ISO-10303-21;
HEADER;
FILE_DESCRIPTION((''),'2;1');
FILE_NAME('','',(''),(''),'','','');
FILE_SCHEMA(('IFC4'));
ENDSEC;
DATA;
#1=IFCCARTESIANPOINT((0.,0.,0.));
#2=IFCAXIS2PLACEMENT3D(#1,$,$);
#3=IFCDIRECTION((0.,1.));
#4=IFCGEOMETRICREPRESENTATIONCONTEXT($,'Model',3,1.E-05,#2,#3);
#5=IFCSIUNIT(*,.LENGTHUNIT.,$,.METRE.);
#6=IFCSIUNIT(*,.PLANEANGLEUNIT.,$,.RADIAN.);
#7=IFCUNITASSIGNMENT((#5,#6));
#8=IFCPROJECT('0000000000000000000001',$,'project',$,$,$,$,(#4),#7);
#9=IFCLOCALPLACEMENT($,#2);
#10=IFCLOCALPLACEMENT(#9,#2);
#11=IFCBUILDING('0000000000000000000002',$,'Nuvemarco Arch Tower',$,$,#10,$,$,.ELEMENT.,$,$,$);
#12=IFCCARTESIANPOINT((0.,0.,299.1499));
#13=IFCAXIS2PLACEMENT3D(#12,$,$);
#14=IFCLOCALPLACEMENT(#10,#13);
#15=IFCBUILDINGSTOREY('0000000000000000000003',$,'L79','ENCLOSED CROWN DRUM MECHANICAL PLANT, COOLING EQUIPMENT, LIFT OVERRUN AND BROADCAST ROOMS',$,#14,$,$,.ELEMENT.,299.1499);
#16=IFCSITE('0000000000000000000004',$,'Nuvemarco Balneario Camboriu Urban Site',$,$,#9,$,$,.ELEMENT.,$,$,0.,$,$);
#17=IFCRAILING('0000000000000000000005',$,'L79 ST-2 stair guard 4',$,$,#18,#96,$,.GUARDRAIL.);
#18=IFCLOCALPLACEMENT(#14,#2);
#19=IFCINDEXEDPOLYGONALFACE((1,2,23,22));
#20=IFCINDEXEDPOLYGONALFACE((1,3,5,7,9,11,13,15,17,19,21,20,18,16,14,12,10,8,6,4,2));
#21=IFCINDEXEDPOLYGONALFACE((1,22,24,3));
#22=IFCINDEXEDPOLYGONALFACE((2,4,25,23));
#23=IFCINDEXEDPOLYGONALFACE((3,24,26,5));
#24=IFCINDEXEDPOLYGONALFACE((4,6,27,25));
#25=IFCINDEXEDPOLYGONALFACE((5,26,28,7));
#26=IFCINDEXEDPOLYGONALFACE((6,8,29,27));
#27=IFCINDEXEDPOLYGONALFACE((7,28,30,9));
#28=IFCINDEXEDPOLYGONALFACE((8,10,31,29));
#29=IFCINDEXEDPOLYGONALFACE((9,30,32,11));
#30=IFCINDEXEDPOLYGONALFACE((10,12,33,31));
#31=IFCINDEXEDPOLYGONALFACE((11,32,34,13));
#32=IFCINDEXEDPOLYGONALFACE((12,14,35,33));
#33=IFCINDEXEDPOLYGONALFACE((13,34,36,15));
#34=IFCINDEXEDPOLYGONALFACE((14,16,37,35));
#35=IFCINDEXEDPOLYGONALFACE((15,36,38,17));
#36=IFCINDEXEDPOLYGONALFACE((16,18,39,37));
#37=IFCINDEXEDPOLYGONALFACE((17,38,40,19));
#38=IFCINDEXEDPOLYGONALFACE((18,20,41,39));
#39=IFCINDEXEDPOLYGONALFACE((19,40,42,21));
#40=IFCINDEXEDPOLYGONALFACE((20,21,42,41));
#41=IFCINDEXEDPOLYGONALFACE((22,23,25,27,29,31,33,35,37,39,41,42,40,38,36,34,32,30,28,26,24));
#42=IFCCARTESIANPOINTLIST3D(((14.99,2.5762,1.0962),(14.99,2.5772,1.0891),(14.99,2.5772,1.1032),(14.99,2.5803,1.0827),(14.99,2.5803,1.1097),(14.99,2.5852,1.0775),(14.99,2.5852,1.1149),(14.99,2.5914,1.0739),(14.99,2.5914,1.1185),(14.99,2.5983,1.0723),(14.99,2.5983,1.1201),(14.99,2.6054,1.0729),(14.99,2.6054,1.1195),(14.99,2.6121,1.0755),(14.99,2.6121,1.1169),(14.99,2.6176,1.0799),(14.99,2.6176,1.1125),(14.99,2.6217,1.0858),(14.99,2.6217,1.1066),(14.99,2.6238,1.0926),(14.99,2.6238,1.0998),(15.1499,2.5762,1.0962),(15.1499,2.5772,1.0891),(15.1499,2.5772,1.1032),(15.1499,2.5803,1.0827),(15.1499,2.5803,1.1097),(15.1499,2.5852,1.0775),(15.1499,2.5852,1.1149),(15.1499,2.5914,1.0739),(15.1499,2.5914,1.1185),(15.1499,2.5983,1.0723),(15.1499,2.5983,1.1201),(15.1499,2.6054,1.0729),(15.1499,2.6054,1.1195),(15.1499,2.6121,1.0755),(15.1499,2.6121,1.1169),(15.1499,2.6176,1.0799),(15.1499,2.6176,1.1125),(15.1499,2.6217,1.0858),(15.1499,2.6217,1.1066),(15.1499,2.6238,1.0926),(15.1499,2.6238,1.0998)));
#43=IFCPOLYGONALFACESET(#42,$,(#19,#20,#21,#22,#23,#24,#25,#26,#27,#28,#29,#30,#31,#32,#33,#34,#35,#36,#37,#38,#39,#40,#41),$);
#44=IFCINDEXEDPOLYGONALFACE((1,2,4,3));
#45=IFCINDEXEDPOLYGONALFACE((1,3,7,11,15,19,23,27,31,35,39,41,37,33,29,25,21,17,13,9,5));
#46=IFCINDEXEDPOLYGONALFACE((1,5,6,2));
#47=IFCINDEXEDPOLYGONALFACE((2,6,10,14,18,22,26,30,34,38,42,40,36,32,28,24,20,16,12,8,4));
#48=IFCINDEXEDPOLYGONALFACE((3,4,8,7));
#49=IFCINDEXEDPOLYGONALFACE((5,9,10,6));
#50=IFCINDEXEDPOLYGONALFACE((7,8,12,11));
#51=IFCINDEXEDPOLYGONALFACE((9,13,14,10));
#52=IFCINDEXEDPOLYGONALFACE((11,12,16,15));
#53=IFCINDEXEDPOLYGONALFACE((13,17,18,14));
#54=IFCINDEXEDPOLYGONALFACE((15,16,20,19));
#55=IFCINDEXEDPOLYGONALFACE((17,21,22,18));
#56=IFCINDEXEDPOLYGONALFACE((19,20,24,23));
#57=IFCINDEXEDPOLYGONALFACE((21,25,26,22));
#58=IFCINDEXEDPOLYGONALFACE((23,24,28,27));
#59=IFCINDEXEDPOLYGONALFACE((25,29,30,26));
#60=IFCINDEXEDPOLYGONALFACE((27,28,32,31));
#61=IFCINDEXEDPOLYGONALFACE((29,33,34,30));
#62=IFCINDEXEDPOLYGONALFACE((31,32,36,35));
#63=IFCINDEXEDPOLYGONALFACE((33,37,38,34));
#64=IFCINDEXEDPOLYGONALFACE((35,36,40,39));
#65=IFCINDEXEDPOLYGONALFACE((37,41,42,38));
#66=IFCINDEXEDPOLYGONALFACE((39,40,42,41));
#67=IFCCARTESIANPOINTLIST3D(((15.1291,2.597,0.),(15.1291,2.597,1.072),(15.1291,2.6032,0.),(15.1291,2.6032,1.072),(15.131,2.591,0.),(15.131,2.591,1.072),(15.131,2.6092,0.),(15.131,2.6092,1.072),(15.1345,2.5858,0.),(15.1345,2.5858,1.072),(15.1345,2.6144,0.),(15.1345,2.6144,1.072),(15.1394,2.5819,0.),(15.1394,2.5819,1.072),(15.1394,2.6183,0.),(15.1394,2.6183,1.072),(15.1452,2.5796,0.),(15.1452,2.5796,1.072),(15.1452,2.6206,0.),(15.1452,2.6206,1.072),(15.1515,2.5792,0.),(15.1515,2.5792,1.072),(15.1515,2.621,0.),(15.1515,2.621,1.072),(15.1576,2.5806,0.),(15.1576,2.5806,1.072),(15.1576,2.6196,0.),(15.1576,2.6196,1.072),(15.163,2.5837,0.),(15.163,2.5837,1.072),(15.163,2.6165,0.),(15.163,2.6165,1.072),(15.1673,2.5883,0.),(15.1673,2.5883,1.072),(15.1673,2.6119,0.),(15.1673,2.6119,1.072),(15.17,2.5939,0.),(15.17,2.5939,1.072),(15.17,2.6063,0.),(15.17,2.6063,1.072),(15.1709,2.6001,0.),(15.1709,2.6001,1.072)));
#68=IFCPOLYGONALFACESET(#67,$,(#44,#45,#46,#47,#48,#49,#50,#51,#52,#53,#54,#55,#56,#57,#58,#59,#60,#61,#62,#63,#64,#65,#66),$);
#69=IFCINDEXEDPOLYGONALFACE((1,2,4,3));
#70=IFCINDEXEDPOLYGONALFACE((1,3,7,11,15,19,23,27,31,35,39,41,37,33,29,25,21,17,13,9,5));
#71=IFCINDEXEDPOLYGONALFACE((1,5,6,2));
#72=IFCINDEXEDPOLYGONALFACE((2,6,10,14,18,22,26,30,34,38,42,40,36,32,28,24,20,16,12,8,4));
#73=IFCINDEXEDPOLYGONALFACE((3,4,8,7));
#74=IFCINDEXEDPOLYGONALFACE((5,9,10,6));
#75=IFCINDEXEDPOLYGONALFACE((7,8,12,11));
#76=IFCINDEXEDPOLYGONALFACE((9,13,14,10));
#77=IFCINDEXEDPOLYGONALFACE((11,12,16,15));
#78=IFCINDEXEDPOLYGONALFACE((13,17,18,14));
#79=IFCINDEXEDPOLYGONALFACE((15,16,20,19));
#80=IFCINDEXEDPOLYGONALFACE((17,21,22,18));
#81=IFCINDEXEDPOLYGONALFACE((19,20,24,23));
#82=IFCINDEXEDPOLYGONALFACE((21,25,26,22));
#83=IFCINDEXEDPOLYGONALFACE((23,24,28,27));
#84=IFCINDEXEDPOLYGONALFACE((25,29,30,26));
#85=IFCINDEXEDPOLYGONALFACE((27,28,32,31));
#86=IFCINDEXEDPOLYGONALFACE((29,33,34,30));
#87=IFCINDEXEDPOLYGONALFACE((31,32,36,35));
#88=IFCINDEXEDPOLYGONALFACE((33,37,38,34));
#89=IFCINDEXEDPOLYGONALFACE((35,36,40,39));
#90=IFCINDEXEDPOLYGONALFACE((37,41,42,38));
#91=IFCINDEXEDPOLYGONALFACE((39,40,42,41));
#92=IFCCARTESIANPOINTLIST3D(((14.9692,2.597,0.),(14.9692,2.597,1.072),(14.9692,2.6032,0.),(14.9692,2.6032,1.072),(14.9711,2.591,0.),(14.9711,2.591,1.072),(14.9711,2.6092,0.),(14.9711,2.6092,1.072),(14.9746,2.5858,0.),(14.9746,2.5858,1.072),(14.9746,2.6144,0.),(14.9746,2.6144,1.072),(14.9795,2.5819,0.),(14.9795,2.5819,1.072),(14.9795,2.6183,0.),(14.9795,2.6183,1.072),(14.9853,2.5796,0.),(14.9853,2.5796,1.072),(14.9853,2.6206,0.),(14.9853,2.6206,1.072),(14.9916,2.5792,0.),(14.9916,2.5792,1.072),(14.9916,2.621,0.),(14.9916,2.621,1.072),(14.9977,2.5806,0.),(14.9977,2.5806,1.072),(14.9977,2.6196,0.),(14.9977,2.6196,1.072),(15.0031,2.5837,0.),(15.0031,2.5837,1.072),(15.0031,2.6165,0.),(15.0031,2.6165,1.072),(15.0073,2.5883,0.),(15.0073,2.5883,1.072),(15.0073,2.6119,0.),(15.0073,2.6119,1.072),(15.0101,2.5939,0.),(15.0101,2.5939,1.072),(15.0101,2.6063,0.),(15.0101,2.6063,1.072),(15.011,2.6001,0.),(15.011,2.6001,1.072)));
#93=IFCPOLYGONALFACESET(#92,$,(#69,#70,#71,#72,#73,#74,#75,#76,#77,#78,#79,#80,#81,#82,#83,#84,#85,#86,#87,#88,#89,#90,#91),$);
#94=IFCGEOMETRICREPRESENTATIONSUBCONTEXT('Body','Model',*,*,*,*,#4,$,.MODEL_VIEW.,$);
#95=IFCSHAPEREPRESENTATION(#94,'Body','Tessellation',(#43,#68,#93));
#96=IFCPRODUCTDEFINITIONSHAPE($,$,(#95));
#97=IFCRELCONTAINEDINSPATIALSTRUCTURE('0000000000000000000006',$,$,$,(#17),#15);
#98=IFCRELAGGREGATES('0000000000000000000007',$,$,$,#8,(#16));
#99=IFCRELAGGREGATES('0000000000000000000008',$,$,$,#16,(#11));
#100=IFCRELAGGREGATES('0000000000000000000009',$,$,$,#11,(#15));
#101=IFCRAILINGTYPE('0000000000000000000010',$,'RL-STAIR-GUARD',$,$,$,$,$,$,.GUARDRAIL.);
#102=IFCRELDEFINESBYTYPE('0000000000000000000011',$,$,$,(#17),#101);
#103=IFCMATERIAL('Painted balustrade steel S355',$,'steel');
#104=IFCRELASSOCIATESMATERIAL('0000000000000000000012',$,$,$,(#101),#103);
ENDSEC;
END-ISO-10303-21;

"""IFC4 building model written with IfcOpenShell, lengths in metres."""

from ifc_helpers import new_model, si_unit, direction, frame, origin, origin_2d, place, context, subcontext, project, spatial, circle, extrude, material, type_object, element, save


model = new_model("IFC4")

# Units and contexts
model_context = context("Model", 3, precision=1e-05, world=origin(), true_north=direction((0.0, 1.0)))
body_context = subcontext(model_context, "Body", "Model", "MODEL_VIEW")
ifc_project = project(units=[si_unit("LENGTHUNIT", "METRE"), si_unit("PLANEANGLEUNIT", "RADIAN")], contexts=[model_context])

# Site, building, storey
site_placement = place(None, origin())
site = spatial("IfcSite", under=ifc_project, at=site_placement, Name="Nuvemarco Balneario Camboriu Urban Site", CompositionType="ELEMENT", RefElevation=0.0)
building_placement = place(site_placement, origin())
building = spatial("IfcBuilding", under=site, at=building_placement, Name="Nuvemarco Arch Tower", CompositionType="ELEMENT")
storey_placement = place(building_placement, frame((0.0, 0.0, 299.1499)))
storey = spatial("IfcBuildingStorey", under=building, at=storey_placement, Name="L79", Description="ENCLOSED CROWN DRUM MECHANICAL PLANT, COOLING EQUIPMENT, LIFT OVERRUN AND BROADCAST ROOMS", CompositionType="ELEMENT", Elevation=299.1499)

# Railing
ifc_material_1 = material(Name="Painted balustrade steel S355", Category="steel")
railing_type_1 = type_object("IfcRailingType", Name="RL-STAIR-GUARD", PredefinedType="GUARDRAIL", material=ifc_material_1)
railing_1_placement = place(storey_placement, frame((15.1499, 2.6001, 0.0)))
element("IfcRailing", 1, at=railing_1_placement, inside=storey, type_object=railing_type_1, Name="L79 ST-2 stair guard 4", PredefinedType="GUARDRAIL", context=body_context, shape_type="SweptSolid", body=[
    extrude(circle(Radius=0.0239, at=origin_2d()), frame((0.0, 0.0, 1.0962), z_axis=(-1.0, 0.0, 0.0), x_axis=(0.0, -1.0, 0.0)), (0.0, 0.0, 1.0), 0.1599),
    extrude(circle(Radius=0.021, at=origin_2d()), origin(), (0.0, 0.0, 1.0), 1.072),
    extrude(circle(Radius=0.021, at=origin_2d()), frame((-0.1599, 0.0, 0.0)), (0.0, 0.0, 1.0), 1.072),
])

save(model, "model.ifc")
